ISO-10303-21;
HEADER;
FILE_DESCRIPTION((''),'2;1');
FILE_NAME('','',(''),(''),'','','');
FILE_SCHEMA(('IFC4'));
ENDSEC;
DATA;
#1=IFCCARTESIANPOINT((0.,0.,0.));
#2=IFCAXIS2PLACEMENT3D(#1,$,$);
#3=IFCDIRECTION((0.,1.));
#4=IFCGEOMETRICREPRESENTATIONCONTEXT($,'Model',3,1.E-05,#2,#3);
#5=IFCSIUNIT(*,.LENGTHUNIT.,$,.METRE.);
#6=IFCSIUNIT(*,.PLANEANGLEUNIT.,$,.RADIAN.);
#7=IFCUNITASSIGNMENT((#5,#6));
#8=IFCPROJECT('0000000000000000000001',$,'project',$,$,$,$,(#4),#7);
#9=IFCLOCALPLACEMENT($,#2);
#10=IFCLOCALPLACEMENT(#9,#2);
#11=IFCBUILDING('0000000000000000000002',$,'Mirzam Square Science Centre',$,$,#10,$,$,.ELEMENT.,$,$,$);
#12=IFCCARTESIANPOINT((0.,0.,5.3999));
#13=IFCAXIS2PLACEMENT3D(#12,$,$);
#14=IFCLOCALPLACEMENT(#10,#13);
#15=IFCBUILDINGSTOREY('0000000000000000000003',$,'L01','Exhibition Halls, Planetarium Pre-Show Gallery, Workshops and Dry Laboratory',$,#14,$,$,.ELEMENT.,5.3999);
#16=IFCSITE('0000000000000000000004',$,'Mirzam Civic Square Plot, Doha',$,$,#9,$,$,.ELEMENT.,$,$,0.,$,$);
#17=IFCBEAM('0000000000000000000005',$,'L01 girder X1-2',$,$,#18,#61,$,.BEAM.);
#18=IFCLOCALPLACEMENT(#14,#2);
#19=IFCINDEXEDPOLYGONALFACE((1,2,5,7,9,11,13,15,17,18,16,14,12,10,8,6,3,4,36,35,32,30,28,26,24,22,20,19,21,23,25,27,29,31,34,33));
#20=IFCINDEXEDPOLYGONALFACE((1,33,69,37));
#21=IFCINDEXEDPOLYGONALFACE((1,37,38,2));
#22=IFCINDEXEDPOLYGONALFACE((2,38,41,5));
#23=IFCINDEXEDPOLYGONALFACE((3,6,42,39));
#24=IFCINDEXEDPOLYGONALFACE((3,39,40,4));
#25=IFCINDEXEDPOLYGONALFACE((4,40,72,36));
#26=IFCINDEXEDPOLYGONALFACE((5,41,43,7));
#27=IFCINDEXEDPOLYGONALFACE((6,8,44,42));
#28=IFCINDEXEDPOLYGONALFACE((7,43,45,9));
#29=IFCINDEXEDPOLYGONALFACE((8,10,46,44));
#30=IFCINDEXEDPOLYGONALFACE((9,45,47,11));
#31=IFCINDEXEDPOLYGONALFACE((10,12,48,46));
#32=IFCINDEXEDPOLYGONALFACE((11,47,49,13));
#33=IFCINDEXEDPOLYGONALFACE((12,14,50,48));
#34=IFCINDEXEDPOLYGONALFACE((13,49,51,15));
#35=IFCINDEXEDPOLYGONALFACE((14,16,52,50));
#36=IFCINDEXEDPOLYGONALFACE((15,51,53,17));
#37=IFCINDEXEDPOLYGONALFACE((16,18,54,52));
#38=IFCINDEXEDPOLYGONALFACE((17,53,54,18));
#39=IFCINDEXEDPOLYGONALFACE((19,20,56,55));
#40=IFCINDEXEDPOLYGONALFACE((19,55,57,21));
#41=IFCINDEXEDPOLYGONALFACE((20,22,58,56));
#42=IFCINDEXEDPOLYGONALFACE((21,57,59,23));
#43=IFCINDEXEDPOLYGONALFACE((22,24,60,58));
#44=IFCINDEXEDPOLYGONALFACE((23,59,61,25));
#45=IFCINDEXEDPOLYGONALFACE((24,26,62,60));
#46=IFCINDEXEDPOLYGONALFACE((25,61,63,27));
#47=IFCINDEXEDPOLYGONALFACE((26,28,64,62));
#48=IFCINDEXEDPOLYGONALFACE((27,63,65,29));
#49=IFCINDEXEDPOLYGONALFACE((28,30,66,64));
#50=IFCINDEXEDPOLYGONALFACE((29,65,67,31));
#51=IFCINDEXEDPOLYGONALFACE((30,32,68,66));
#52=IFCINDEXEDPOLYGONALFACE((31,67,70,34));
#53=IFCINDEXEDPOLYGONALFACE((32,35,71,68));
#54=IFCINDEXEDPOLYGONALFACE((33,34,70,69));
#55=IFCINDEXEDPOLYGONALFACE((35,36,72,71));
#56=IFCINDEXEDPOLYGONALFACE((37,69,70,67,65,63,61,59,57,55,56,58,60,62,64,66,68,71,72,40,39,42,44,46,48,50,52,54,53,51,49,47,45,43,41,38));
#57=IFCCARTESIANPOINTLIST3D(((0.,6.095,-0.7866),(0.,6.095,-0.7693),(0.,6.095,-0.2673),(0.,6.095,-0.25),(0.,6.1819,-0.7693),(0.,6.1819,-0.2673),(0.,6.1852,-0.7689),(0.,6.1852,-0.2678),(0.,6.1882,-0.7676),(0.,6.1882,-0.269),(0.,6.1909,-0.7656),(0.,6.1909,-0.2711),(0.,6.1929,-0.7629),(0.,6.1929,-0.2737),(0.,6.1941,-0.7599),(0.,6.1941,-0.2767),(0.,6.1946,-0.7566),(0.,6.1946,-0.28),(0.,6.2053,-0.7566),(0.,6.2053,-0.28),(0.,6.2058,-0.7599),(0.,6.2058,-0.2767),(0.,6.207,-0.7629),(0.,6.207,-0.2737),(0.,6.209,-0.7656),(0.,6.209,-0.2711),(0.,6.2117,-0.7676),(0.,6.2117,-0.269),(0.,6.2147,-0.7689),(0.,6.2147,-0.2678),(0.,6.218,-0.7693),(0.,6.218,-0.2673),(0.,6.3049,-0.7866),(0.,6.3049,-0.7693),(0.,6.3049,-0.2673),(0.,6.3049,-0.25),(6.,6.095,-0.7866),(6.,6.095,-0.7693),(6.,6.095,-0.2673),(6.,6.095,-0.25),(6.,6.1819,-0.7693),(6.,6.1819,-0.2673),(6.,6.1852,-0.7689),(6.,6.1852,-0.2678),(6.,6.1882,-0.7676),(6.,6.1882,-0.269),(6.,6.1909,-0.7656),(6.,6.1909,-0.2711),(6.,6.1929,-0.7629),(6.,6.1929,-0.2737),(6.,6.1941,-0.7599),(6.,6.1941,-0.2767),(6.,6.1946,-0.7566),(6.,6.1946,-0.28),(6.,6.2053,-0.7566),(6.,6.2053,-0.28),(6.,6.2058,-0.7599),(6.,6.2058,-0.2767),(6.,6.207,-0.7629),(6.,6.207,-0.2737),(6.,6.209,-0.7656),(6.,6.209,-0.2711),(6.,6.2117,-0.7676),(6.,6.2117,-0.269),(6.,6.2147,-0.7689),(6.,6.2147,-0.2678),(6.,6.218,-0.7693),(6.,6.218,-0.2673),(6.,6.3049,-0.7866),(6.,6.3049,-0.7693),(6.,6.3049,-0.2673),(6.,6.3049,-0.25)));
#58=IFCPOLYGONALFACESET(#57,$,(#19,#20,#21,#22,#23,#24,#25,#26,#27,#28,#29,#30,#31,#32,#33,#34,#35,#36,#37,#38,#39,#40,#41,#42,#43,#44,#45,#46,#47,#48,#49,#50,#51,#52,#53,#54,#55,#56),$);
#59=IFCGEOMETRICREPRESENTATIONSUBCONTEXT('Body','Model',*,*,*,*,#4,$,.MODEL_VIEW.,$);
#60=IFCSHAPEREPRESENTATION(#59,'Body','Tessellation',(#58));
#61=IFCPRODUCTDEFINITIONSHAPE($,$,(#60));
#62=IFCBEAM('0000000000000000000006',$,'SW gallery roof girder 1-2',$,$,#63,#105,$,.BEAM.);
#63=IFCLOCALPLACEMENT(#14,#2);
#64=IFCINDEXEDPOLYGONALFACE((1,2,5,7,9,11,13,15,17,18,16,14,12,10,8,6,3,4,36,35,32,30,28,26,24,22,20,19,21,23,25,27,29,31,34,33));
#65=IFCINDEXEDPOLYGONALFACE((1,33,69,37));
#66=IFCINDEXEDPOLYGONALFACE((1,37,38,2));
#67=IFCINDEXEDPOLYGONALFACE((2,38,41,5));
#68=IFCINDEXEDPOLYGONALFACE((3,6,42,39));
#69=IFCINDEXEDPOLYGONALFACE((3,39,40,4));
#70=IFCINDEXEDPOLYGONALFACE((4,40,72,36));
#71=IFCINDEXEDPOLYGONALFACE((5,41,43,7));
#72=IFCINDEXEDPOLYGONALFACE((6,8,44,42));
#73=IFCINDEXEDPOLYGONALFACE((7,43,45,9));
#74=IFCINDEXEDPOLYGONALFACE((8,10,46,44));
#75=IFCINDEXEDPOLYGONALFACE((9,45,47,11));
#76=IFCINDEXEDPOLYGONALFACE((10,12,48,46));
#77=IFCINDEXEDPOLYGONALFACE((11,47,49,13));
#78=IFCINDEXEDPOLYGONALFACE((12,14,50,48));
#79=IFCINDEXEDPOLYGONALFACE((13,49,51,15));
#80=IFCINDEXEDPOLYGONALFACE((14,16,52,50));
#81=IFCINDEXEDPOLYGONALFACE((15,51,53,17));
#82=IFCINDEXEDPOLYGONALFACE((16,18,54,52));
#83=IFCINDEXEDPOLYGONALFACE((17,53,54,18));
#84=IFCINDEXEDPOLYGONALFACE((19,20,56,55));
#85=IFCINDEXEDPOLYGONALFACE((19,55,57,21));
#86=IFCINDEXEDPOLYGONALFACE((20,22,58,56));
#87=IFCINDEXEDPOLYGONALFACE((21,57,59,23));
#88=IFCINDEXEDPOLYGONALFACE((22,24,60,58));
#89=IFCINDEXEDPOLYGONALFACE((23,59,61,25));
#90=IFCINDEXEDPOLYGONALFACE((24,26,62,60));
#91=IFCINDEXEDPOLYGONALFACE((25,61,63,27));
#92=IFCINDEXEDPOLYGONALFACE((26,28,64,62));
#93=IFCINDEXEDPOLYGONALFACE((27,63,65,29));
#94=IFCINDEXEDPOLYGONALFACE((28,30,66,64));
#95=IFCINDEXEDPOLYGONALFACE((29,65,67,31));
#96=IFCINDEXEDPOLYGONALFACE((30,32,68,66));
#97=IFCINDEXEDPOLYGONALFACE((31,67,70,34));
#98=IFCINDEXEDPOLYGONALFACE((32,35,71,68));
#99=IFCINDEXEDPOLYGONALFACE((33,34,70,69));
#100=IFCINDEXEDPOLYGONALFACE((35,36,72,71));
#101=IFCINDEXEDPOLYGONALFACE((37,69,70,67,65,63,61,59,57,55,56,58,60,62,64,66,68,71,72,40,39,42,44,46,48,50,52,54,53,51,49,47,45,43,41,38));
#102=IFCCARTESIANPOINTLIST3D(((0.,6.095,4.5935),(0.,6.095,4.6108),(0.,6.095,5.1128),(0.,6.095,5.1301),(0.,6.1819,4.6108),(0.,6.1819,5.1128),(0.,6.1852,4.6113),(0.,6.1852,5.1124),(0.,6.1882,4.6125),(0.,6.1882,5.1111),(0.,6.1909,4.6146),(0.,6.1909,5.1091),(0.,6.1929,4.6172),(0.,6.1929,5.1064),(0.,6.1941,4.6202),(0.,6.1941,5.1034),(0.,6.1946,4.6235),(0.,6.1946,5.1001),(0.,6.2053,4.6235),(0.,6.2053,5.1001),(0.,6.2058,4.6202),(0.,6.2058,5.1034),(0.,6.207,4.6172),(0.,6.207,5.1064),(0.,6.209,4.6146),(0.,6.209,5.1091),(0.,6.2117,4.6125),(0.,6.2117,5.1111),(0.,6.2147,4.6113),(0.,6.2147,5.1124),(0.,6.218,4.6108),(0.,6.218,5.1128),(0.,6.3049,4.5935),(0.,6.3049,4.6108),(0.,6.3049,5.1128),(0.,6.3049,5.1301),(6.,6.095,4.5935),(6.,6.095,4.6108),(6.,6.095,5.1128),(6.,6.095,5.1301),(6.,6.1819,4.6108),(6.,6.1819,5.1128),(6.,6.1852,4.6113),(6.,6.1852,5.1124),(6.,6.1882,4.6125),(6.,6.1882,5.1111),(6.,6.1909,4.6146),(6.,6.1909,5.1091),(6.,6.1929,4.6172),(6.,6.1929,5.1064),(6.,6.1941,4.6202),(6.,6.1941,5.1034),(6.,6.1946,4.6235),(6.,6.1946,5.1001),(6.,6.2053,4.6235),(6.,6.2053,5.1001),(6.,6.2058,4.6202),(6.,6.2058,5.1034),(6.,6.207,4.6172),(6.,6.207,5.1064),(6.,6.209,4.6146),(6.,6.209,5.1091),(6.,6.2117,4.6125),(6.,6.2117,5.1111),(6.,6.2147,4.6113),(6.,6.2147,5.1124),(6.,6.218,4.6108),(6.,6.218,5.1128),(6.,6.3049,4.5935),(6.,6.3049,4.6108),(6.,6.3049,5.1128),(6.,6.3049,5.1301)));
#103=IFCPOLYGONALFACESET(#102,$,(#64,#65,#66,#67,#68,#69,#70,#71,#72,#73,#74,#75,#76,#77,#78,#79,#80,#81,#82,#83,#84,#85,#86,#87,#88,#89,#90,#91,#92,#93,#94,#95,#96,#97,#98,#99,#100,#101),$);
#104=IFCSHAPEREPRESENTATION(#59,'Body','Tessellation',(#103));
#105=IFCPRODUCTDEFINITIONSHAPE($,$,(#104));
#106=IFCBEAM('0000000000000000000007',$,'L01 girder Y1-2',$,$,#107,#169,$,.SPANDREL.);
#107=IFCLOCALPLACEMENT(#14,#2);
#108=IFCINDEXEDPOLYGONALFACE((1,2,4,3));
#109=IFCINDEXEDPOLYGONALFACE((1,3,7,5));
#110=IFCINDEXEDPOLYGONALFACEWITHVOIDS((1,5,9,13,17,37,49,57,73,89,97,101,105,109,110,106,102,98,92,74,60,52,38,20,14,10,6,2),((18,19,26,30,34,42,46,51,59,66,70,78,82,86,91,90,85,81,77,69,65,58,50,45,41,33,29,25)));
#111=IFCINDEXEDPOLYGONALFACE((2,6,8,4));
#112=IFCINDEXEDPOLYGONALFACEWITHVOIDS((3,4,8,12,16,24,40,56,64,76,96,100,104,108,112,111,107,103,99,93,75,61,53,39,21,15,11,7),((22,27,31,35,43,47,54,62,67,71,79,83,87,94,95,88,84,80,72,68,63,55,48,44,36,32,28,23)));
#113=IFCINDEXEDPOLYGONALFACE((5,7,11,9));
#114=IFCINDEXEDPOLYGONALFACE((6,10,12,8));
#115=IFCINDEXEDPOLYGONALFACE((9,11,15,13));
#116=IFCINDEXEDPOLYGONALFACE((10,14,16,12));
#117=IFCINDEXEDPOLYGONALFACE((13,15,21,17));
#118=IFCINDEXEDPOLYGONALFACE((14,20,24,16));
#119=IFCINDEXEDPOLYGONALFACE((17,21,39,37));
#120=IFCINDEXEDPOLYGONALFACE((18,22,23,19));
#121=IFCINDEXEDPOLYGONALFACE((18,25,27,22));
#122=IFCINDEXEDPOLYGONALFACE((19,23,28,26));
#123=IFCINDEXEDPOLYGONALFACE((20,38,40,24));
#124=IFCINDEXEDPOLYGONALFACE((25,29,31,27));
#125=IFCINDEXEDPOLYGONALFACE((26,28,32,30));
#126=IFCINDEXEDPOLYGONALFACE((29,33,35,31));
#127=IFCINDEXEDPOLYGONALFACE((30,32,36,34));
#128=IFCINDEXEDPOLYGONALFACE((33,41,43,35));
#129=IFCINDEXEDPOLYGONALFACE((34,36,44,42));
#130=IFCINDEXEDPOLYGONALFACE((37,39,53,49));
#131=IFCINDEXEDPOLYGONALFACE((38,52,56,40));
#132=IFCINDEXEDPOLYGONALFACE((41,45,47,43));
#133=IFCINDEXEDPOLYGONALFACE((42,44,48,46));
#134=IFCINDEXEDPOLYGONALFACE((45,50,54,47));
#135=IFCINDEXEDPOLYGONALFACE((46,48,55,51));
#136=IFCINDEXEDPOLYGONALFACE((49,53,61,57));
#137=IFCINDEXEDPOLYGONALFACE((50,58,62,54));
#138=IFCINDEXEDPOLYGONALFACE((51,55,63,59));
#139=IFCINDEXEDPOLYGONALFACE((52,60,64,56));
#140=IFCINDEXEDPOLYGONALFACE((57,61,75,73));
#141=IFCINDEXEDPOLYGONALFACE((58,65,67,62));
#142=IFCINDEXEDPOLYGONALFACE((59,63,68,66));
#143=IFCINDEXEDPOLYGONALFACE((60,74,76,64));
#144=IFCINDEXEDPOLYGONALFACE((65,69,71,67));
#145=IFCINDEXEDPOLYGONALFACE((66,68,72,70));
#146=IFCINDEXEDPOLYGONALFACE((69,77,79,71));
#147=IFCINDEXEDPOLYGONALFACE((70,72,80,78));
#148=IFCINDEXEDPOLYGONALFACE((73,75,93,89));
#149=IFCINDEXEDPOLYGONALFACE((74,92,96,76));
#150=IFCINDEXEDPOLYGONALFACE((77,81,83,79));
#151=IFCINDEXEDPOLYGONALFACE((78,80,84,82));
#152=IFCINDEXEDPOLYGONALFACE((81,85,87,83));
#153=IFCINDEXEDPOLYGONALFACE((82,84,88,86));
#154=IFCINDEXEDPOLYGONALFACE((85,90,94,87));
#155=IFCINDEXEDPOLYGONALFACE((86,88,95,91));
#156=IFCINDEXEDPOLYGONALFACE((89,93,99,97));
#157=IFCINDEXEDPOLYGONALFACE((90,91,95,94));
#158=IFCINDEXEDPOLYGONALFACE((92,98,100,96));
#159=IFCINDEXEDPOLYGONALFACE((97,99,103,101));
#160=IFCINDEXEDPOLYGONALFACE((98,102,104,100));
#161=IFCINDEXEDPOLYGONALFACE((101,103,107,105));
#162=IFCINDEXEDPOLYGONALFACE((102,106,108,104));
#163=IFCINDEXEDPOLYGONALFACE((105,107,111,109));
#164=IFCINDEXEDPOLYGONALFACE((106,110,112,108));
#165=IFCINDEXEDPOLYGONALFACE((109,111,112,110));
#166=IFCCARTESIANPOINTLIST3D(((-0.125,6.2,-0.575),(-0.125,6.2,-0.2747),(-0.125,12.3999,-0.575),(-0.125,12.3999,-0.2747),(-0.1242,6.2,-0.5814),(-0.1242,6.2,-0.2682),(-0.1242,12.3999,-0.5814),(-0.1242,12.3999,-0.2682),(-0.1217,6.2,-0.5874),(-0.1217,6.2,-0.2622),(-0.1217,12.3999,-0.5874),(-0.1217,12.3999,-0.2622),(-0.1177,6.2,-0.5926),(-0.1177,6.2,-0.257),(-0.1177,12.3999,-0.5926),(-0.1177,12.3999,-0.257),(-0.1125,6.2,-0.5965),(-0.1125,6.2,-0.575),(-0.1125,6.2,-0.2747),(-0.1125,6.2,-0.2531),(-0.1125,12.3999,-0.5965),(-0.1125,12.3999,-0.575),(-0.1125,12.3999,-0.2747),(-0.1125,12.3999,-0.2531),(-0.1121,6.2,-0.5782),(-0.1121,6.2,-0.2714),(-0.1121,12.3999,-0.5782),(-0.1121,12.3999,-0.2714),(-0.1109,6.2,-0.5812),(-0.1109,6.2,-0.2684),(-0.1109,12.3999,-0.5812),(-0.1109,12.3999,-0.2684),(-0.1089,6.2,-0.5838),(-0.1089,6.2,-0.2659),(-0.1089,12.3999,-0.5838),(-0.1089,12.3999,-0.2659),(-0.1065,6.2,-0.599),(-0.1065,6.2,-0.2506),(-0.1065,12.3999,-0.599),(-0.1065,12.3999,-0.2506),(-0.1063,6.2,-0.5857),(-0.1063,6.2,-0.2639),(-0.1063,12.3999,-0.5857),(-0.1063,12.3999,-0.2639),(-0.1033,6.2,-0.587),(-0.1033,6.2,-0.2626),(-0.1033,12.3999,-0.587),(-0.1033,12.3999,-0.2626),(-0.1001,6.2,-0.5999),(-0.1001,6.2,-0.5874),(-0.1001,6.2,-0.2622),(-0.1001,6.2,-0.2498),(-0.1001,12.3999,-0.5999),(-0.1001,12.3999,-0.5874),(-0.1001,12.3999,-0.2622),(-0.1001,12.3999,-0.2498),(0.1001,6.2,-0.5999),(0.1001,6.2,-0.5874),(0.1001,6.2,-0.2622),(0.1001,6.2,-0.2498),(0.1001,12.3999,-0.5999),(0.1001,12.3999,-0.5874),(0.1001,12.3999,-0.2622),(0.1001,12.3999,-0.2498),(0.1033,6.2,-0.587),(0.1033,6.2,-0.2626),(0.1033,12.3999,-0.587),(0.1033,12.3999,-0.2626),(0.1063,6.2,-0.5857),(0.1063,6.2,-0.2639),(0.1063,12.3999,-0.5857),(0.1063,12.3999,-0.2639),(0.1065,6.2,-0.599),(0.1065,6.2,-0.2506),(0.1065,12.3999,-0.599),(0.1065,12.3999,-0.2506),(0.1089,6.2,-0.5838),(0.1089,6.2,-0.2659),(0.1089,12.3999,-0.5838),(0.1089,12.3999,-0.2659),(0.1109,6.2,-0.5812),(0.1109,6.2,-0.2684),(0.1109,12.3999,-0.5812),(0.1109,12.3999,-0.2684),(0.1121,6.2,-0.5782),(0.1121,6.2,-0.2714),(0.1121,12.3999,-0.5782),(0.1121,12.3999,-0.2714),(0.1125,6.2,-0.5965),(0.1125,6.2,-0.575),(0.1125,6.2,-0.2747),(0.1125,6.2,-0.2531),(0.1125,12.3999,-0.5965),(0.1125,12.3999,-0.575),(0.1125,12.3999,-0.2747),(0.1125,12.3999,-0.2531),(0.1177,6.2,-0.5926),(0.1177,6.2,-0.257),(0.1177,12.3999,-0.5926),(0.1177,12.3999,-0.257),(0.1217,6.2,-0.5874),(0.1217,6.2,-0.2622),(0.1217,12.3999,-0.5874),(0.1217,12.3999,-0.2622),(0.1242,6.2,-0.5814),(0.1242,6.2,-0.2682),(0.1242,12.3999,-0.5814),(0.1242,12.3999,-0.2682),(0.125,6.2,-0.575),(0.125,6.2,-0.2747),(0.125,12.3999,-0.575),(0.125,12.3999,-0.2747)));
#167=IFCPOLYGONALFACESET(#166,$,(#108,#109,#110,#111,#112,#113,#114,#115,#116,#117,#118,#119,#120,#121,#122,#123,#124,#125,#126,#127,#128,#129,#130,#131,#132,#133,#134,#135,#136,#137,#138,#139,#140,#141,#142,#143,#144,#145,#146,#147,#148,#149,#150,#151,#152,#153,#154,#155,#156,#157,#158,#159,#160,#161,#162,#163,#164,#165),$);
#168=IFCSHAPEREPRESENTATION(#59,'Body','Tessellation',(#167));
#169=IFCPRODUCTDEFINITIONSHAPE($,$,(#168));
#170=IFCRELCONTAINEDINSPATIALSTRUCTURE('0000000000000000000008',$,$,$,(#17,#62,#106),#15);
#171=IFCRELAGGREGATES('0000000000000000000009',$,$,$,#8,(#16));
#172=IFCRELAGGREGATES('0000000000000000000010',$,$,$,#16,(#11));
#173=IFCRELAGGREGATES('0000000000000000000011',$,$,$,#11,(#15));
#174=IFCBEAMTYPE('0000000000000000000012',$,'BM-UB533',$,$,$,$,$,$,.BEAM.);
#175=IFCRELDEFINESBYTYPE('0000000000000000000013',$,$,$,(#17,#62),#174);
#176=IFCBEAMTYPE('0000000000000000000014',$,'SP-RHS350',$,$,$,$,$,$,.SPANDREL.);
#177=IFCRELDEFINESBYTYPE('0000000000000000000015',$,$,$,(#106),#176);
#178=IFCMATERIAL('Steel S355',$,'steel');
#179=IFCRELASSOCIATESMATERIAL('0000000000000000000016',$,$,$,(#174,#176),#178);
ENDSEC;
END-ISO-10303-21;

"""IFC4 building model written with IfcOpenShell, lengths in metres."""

from ifc_helpers import new_model, si_unit, direction, frame, origin, origin_2d, place, context, subcontext, project, spatial, hollow_rectangle, i_section, extrude, material, material_profile, profile_set, type_object, element, save


model = new_model("IFC4")

# Units and contexts
model_context = context("Model", 3, precision=1e-05, world=origin(), true_north=direction((0.0, 1.0)))
body_context = subcontext(model_context, "Body", "Model", "MODEL_VIEW")
ifc_project = project(units=[si_unit("LENGTHUNIT", "METRE"), si_unit("PLANEANGLEUNIT", "RADIAN")], contexts=[model_context])

# Site, building, storey
site_placement = place(None, origin())
site = spatial("IfcSite", under=ifc_project, at=site_placement, Name="Mirzam Civic Square Plot, Doha", CompositionType="ELEMENT", RefElevation=0.0)
building_placement = place(site_placement, origin())
building = spatial("IfcBuilding", under=site, at=building_placement, Name="Mirzam Square Science Centre", CompositionType="ELEMENT")
storey_placement = place(building_placement, frame((0.0, 0.0, 5.3999)))
storey = spatial("IfcBuildingStorey", under=building, at=storey_placement, Name="L01", Description="Exhibition Halls, Planetarium Pre-Show Gallery, Workshops and Dry Laboratory", CompositionType="ELEMENT", Elevation=5.3999)

# Shared definitions
ifc_material_1 = material(Name="Steel S355", Category="steel")

# Beams
ifc_material_profile_1 = material_profile(ifc_material_1, i_section(OverallWidth=0.21, OverallDepth=0.5366, WebThickness=0.0107, FlangeThickness=0.0173, FilletRadius=0.0127, at=origin_2d()), Name="533x210x101UB")
ifc_profile_set_1 = profile_set([ifc_material_profile_1], Name="Steel S355")
beam_type_1 = type_object("IfcBeamType", Name="BM-UB533", PredefinedType="BEAM", material=ifc_profile_set_1)
for number, where, z_axis, x_axis, name in (
    (1, (0.0, 6.2, -0.5183), (1.0, 0.0, 0.0), (0.0, 1.0, 0.0), "L01 girder X1-2"),
    (2, (0.0, 6.2, 4.8618), (1.0, 0.0, 0.0), (0.0, 1.0, 0.0), "SW gallery roof girder 1-2"),
):
    element("IfcBeam", number, at=place(storey_placement, frame(where, z_axis=z_axis, x_axis=x_axis)), inside=storey, type_object=beam_type_1, Name=name, PredefinedType="BEAM", context=body_context, shape_type="SweptSolid", body=[
        extrude(i_section(OverallWidth=0.21, OverallDepth=0.5366, WebThickness=0.0107, FlangeThickness=0.0173, FilletRadius=0.0127, at=origin_2d()), origin(), (0.0, 0.0, 1.0), 6.0),
    ])
ifc_material_profile_2 = material_profile(ifc_material_1, hollow_rectangle(XDim=0.25, YDim=0.3501, WallThickness=0.0125, InnerFilletRadius=0.0125, OuterFilletRadius=0.0249, at=origin_2d()), Name="350x250x12.5RHS")
ifc_profile_set_2 = profile_set([ifc_material_profile_2], Name="Steel S355")
beam_type_2 = type_object("IfcBeamType", Name="SP-RHS350", PredefinedType="SPANDREL", material=ifc_profile_set_2)
beam_1_placement = place(storey_placement, frame((0.0, 6.2, -0.4248), z_axis=(0.0, 1.0, 0.0), x_axis=(-1.0, 0.0, 0.0)))
element("IfcBeam", 3, at=beam_1_placement, inside=storey, type_object=beam_type_2, Name="L01 girder Y1-2", PredefinedType="SPANDREL", context=body_context, shape_type="SweptSolid", body=[
    extrude(hollow_rectangle(XDim=0.25, YDim=0.3501, WallThickness=0.0125, InnerFilletRadius=0.0125, OuterFilletRadius=0.0249, at=origin_2d()), origin(), (0.0, 0.0, 1.0), 6.2),
])

save(model, "model.ifc")
